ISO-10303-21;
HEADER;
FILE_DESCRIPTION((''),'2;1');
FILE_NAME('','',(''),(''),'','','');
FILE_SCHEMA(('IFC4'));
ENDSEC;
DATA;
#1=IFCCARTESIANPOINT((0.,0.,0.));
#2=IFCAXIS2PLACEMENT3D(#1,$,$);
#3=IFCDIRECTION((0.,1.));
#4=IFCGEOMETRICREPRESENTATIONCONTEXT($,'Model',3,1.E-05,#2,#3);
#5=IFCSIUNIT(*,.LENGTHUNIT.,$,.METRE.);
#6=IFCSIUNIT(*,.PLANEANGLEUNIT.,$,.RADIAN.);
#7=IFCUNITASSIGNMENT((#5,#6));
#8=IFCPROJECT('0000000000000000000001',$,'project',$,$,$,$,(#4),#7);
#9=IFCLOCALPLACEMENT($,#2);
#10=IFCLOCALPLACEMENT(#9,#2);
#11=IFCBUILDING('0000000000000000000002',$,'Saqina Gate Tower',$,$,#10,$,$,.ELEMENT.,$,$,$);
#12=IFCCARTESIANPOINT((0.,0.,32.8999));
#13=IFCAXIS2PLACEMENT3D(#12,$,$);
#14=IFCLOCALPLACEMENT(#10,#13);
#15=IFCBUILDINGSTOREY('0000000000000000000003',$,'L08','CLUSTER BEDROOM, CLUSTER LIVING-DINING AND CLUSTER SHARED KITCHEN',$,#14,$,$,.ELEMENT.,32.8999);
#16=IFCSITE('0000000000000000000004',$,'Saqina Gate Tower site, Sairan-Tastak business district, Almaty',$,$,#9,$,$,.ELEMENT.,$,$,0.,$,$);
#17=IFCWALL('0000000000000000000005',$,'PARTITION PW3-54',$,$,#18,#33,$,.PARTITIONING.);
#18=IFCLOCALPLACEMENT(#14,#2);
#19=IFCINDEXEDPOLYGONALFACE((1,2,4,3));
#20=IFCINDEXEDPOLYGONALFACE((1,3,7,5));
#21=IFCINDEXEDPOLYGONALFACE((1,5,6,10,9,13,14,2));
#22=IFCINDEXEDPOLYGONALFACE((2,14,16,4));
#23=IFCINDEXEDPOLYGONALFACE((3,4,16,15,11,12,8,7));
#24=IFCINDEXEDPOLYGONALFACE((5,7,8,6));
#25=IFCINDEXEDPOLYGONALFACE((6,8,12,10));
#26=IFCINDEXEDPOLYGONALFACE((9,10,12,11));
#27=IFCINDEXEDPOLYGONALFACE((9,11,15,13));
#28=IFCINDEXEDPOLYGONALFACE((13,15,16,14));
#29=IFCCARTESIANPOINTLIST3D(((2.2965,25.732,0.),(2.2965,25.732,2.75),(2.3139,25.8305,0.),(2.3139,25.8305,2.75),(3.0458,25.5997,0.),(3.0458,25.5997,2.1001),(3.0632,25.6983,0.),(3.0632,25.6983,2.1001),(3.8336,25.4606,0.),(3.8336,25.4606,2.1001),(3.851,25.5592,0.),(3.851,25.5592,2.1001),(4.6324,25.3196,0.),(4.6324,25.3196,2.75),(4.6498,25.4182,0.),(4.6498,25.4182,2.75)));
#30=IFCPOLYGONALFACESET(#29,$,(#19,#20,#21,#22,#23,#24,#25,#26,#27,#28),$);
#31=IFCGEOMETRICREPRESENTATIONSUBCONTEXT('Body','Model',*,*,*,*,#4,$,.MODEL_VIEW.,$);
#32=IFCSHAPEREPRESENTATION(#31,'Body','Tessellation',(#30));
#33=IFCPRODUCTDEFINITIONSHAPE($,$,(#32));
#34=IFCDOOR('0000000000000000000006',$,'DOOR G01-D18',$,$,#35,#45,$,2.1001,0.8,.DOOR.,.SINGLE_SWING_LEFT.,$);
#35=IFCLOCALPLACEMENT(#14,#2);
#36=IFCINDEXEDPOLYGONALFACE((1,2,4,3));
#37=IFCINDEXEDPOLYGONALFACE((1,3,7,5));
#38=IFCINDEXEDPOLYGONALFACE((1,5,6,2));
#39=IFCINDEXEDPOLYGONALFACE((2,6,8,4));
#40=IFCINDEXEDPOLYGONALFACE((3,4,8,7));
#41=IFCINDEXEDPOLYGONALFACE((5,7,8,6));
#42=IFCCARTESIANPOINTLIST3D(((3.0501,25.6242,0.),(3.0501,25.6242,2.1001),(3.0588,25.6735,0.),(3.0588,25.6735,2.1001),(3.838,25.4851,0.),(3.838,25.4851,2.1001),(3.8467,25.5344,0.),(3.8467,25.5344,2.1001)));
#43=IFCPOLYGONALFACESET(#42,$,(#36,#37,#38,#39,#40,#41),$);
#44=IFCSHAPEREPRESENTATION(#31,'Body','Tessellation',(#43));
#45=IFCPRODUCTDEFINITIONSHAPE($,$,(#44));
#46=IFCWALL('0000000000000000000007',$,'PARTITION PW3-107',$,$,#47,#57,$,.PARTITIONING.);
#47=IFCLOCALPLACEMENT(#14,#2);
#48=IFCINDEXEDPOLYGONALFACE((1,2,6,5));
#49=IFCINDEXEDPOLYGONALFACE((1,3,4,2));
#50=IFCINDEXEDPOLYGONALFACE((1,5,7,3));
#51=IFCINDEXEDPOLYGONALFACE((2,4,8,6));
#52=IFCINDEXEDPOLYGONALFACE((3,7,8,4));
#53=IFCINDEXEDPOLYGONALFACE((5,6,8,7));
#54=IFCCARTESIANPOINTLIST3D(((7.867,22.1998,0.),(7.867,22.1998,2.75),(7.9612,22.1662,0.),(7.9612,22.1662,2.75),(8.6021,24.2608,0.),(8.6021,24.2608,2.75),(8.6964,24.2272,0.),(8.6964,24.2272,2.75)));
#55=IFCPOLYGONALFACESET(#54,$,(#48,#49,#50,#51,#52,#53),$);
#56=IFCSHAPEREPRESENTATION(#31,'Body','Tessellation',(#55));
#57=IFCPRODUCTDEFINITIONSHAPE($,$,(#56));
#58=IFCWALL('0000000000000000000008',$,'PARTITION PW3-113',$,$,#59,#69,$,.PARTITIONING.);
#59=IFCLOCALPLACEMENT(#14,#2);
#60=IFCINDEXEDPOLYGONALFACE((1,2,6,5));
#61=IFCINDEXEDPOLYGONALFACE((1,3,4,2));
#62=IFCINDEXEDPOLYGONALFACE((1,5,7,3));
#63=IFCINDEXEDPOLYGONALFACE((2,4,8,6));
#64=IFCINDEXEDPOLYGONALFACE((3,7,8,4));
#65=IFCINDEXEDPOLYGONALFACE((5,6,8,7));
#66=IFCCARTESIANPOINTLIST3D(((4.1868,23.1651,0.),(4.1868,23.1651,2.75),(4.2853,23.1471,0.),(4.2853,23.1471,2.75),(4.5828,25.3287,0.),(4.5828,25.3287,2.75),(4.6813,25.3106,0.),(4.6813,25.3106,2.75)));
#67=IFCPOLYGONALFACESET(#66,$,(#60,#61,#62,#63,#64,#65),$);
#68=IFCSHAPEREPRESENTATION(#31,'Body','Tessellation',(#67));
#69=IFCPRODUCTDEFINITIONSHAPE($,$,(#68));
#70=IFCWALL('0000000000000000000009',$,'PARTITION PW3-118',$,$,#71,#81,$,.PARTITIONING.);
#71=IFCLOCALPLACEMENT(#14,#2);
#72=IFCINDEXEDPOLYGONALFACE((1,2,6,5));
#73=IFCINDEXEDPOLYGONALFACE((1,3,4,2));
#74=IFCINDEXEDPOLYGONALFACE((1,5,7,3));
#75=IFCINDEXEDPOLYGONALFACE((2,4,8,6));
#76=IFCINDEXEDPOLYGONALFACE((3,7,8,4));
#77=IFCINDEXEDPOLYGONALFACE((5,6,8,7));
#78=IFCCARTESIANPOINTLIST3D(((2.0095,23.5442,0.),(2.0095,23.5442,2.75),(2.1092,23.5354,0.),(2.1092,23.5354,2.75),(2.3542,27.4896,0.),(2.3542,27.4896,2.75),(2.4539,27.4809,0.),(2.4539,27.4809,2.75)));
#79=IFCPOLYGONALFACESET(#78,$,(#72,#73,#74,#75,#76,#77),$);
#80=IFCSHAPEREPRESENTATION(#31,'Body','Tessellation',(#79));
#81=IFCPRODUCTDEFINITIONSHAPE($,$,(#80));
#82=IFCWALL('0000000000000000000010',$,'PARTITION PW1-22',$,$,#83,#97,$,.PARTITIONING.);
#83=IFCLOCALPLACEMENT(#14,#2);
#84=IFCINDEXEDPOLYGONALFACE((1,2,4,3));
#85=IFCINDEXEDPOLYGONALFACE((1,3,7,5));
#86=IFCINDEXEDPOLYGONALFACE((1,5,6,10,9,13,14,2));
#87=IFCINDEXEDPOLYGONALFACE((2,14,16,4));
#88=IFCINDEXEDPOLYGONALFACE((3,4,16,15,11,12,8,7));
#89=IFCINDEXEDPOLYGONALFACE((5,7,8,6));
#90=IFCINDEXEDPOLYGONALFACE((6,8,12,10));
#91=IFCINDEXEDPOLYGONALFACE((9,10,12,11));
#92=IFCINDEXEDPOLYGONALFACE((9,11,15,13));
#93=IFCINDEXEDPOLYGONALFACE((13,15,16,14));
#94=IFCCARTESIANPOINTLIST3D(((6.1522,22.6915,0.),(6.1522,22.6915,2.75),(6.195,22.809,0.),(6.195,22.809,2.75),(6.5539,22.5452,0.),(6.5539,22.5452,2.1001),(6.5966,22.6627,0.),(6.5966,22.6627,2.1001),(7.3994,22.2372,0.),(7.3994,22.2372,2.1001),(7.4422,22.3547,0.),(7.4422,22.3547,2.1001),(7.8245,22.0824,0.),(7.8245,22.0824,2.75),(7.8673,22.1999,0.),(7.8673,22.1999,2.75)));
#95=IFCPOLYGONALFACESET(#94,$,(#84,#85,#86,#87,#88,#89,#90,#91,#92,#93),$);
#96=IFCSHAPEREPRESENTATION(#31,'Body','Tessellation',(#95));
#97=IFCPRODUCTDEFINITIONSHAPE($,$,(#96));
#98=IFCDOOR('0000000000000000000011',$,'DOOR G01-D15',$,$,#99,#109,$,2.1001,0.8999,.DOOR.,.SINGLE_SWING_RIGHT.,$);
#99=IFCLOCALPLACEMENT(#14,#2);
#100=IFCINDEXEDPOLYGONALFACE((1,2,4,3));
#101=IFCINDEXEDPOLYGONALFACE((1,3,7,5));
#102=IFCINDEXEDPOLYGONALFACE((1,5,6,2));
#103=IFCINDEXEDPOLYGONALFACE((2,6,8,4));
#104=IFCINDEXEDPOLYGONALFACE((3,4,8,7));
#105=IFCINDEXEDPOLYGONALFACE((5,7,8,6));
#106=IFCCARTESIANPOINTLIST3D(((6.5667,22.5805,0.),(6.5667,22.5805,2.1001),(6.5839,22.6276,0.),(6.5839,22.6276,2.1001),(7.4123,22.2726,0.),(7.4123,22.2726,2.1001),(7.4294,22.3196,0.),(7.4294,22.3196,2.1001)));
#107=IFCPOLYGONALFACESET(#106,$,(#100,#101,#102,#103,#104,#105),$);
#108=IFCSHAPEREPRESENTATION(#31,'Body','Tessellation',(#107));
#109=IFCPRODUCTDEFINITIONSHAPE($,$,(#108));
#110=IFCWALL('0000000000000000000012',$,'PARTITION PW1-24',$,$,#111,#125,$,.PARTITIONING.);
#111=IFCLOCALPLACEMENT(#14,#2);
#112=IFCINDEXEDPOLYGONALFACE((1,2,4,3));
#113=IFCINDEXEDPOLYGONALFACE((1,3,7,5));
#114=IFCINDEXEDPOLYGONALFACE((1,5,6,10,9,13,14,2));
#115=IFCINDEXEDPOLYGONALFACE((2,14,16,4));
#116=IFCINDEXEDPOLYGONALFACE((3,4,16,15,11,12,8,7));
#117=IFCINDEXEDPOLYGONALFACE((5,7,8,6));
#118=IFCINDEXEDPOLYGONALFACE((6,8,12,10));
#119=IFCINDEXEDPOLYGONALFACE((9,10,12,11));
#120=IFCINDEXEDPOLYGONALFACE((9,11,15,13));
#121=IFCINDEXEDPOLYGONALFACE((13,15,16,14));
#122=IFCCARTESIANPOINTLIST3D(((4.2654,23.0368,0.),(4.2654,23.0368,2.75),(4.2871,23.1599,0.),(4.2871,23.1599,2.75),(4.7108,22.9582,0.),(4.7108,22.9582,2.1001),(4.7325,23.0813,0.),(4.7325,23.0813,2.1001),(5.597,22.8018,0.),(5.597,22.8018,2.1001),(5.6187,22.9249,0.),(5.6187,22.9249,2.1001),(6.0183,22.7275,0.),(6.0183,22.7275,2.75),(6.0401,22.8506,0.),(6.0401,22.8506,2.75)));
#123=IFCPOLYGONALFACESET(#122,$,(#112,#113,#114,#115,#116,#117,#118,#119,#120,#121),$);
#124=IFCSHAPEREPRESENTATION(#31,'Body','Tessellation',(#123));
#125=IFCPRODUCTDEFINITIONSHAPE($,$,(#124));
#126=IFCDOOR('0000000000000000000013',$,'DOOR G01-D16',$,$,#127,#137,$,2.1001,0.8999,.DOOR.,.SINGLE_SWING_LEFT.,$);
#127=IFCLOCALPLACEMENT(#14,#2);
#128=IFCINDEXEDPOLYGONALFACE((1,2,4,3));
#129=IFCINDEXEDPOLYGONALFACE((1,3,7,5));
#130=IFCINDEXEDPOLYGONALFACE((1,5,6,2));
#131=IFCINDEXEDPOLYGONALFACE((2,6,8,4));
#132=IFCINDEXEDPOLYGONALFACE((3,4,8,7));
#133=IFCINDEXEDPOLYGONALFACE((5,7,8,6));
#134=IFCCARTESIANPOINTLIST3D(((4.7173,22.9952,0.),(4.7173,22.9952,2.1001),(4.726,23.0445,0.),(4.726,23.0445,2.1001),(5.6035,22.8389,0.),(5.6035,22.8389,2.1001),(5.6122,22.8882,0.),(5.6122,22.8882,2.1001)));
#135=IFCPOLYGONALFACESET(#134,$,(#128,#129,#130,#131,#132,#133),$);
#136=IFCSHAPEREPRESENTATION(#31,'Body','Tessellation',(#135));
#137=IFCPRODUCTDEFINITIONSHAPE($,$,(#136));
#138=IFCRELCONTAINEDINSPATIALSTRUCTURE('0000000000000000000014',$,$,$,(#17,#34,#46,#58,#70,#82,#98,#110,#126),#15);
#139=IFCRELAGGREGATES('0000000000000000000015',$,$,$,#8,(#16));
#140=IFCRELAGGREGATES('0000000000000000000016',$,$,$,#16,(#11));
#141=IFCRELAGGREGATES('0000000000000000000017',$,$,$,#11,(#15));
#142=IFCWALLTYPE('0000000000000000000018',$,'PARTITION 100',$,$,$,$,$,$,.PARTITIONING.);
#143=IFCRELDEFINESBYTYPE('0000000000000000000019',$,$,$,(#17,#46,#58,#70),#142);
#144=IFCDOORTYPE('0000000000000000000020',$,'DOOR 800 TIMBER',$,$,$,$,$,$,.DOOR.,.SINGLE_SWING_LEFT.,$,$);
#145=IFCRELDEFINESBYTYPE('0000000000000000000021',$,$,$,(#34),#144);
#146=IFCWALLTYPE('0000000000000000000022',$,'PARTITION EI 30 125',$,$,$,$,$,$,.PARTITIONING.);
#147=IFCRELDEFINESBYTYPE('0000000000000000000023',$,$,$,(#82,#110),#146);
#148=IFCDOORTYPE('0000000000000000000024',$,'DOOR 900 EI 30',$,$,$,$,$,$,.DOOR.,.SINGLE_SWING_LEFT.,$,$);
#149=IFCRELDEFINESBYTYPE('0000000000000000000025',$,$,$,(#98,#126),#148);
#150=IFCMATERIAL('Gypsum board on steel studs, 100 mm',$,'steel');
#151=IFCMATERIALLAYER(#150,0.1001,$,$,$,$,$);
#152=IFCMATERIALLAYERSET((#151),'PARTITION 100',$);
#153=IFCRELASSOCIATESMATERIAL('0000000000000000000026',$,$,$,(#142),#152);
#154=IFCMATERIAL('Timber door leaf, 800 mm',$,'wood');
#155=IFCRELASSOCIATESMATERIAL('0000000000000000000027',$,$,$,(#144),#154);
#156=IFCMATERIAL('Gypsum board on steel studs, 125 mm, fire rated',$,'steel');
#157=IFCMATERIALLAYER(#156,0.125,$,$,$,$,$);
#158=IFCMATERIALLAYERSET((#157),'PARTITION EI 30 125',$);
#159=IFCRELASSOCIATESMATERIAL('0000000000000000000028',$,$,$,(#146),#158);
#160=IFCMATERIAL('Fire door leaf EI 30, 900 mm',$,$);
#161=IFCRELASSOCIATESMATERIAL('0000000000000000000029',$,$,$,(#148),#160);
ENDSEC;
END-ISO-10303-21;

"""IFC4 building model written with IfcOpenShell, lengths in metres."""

from ifc_helpers import new_model, si_unit, direction, frame, frame_2d, origin, place, context, subcontext, project, spatial, rectangle, extrude, material, layer, layer_set, type_object, element, fill, save


model = new_model("IFC4")

# Units and contexts
model_context = context("Model", 3, precision=1e-05, world=origin(), true_north=direction((0.0, 1.0)))
body_context = subcontext(model_context, "Body", "Model", "MODEL_VIEW")
ifc_project = project(units=[si_unit("LENGTHUNIT", "METRE"), si_unit("PLANEANGLEUNIT", "RADIAN")], contexts=[model_context])

# Site, building, storey
site_placement = place(None, origin())
site = spatial("IfcSite", under=ifc_project, at=site_placement, Name="Saqina Gate Tower site, Sairan-Tastak business district, Almaty", CompositionType="ELEMENT", RefElevation=0.0)
building_placement = place(site_placement, origin())
building = spatial("IfcBuilding", under=site, at=building_placement, Name="Saqina Gate Tower", CompositionType="ELEMENT")
storey_placement = place(building_placement, frame((0.0, 0.0, 32.8999)))
storey = spatial("IfcBuildingStorey", under=building, at=storey_placement, Name="L08", Description="CLUSTER BEDROOM, CLUSTER LIVING-DINING AND CLUSTER SHARED KITCHEN", CompositionType="ELEMENT", Elevation=32.8999)

# Shared definitions
ifc_material_1 = material(Name="Gypsum board on steel studs, 100 mm", Category="steel")
ifc_layer_1 = layer(ifc_material_1, 0.1001)
ifc_layer_set_1 = layer_set([ifc_layer_1], Name="PARTITION 100")
wall_type_1 = type_object("IfcWallType", Name="PARTITION 100", PredefinedType="PARTITIONING", material=ifc_layer_set_1)
ifc_material_2 = material(Name="Timber door leaf, 800 mm", Category="wood")
door_type_1 = type_object("IfcDoorType", Name="DOOR 800 TIMBER", OperationType="SINGLE_SWING_LEFT", PredefinedType="DOOR", material=ifc_material_2)

# Wall, opening, door
wall_1_placement = place(storey_placement, frame((2.3052, 25.7812, 0.0), z_axis=(0.0, 0.0, 1.0), x_axis=(0.984774, -0.173838, 0.0)))
wall_1 = element("IfcWall", 1, at=wall_1_placement, inside=storey, type_object=wall_type_1, Name="PARTITION PW3-54", PredefinedType="PARTITIONING", context=body_context, shape_type="SweptSolid", body=[
    extrude(rectangle(XDim=2.3721, YDim=0.1001, at=frame_2d((1.186, 0.0))), origin(), (0.0, 0.0, 1.0), 2.75),
])
opening_1_placement = place(wall_1_placement, frame((0.761, 0.0, 0.0)))
opening_1 = element("IfcOpeningElement", 2, at=opening_1_placement, cuts=wall_1, PredefinedType="OPENING", context=body_context, shape_type="SweptSolid", body=[
    extrude(rectangle(XDim=0.8, YDim=2.1001, at=frame_2d((0.3999, 1.05))), frame((0.0, 0.062, 0.0), z_axis=(0.0, -1.0, 0.0), x_axis=(1.0, 0.0, 0.0)), (0.0, 0.0, 1.0), 0.124),
])
door_1_placement = place(opening_1_placement, origin())
door_1 = element("IfcDoor", 3, at=door_1_placement, inside=storey, type_object=door_type_1, Name="DOOR G01-D18", OperationType="SINGLE_SWING_LEFT", OverallHeight=2.1001, OverallWidth=0.8, PredefinedType="DOOR", context=body_context, shape_type="SweptSolid", body=[
    extrude(rectangle(XDim=0.8, YDim=2.1001, at=frame_2d((0.3999, 1.05))), frame((0.0, 0.0249, 0.0), z_axis=(0.0, -1.0, 0.0), x_axis=(1.0, 0.0, 0.0)), (0.0, 0.0, 1.0), 0.05),
])
fill(opening_1, door_1)

# Walls
wall_2_placement = place(storey_placement, frame((7.9141, 22.1829, 0.0), z_axis=(0.0, 0.0, 1.0), x_axis=(0.335941, 0.941883, 0.0)))
element("IfcWall", 4, at=wall_2_placement, inside=storey, type_object=wall_type_1, Name="PARTITION PW3-107", PredefinedType="PARTITIONING", context=body_context, shape_type="SweptSolid", body=[
    extrude(rectangle(XDim=2.1882, YDim=0.1001, at=frame_2d((1.0942, 0.0))), origin(), (0.0, 0.0, 1.0), 2.75),
])
wall_3_placement = place(storey_placement, frame((4.2361, 23.1562, 0.0), z_axis=(0.0, 0.0, 1.0), x_axis=(0.180038, 0.98366, 0.0)))
element("IfcWall", 5, at=wall_3_placement, inside=storey, type_object=wall_type_1, Name="PARTITION PW3-113", PredefinedType="PARTITIONING", context=body_context, shape_type="SweptSolid", body=[
    extrude(rectangle(XDim=2.1995, YDim=0.1001, at=frame_2d((1.0996, 0.0))), origin(), (0.0, 0.0, 1.0), 2.75),
])
wall_4_placement = place(storey_placement, frame((2.0593, 23.5398, 0.0), z_axis=(0.0, 0.0, 1.0), x_axis=(0.087045, 0.996204, 0.0)))
element("IfcWall", 6, at=wall_4_placement, inside=storey, type_object=wall_type_1, Name="PARTITION PW3-118", PredefinedType="PARTITIONING", context=body_context, shape_type="SweptSolid", body=[
    extrude(rectangle(XDim=3.9604, YDim=0.1001, at=frame_2d((1.9802, 0.0))), origin(), (0.0, 0.0, 1.0), 2.75),
])

# Walls, openings, doors
ifc_material_3 = material(Name="Gypsum board on steel studs, 125 mm, fire rated", Category="steel")
ifc_layer_2 = layer(ifc_material_3, 0.125)
ifc_layer_set_2 = layer_set([ifc_layer_2], Name="PARTITION EI 30 125")
wall_type_2 = type_object("IfcWallType", Name="PARTITION EI 30 125", PredefinedType="PARTITIONING", material=ifc_layer_set_2)
wall_5_placement = place(storey_placement, frame((6.1736, 22.7502, 0.0), z_axis=(0.0, 0.0, 1.0), x_axis=(0.939613, -0.342239, 0.0)))
wall_5 = element("IfcWall", 7, at=wall_5_placement, inside=storey, type_object=wall_type_2, Name="PARTITION PW1-22", PredefinedType="PARTITIONING", context=body_context, shape_type="SweptSolid", body=[
    extrude(rectangle(XDim=1.7798, YDim=0.125, at=frame_2d((0.8899, 0.0))), origin(), (0.0, 0.0, 1.0), 2.75),
])
opening_2_placement = place(wall_5_placement, frame((0.4275, 0.0, 0.0)))
opening_2 = element("IfcOpeningElement", 8, at=opening_2_placement, cuts=wall_5, PredefinedType="OPENING", context=body_context, shape_type="SweptSolid", body=[
    extrude(rectangle(XDim=0.8999, YDim=2.1001, at=frame_2d((0.45, 1.05))), frame((0.0, 0.0745, 0.0), z_axis=(0.0, -1.0, 0.0), x_axis=(1.0, 0.0, 0.0)), (0.0, 0.0, 1.0), 0.1489),
])
ifc_material_4 = material(Name="Fire door leaf EI 30, 900 mm")
door_type_2 = type_object("IfcDoorType", Name="DOOR 900 EI 30", OperationType="SINGLE_SWING_LEFT", PredefinedType="DOOR", material=ifc_material_4)
door_2_placement = place(opening_2_placement, frame((0.8999, 0.0, 0.0), z_axis=(0.0, 0.0, 1.0), x_axis=(-1.0, 0.0, 0.0)))
door_2 = element("IfcDoor", 9, at=door_2_placement, inside=storey, type_object=door_type_2, Name="DOOR G01-D15", OperationType="SINGLE_SWING_RIGHT", OverallHeight=2.1001, OverallWidth=0.8999, PredefinedType="DOOR", context=body_context, shape_type="SweptSolid", body=[
    extrude(rectangle(XDim=0.8999, YDim=2.1001, at=frame_2d((0.45, 1.05))), frame((0.0, 0.0249, 0.0), z_axis=(0.0, -1.0, 0.0), x_axis=(1.0, 0.0, 0.0)), (0.0, 0.0, 1.0), 0.05),
])
fill(opening_2, door_2)
wall_6_placement = place(storey_placement, frame((4.2761, 23.0984, 0.0), z_axis=(0.0, 0.0, 1.0), x_axis=(0.984785, -0.173778, 0.0)))
wall_6 = element("IfcWall", 10, at=wall_6_placement, inside=storey, type_object=wall_type_2, Name="PARTITION PW1-24", PredefinedType="PARTITIONING", context=body_context, shape_type="SweptSolid", body=[
    extrude(rectangle(XDim=1.78, YDim=0.125, at=frame_2d((0.8901, 0.0))), origin(), (0.0, 0.0, 1.0), 2.75),
])
opening_3_placement = place(wall_6_placement, frame((0.4524, 0.0, 0.0)))
opening_3 = element("IfcOpeningElement", 11, at=opening_3_placement, cuts=wall_6, PredefinedType="OPENING", context=body_context, shape_type="SweptSolid", body=[
    extrude(rectangle(XDim=0.8999, YDim=2.1001, at=frame_2d((0.45, 1.05))), frame((0.0, 0.0745, 0.0), z_axis=(0.0, -1.0, 0.0), x_axis=(1.0, 0.0, 0.0)), (0.0, 0.0, 1.0), 0.1489),
])
door_3_placement = place(opening_3_placement, frame((0.8999, 0.0, 0.0), z_axis=(0.0, 0.0, 1.0), x_axis=(-1.0, 0.0, 0.0)))
door_3 = element("IfcDoor", 12, at=door_3_placement, inside=storey, type_object=door_type_2, Name="DOOR G01-D16", OperationType="SINGLE_SWING_LEFT", OverallHeight=2.1001, OverallWidth=0.8999, PredefinedType="DOOR", context=body_context, shape_type="SweptSolid", body=[
    extrude(rectangle(XDim=0.8999, YDim=2.1001, at=frame_2d((0.45, 1.05))), frame((0.0, 0.0249, 0.0), z_axis=(0.0, -1.0, 0.0), x_axis=(1.0, 0.0, 0.0)), (0.0, 0.0, 1.0), 0.05),
])
fill(opening_3, door_3)

save(model, "model.ifc")
